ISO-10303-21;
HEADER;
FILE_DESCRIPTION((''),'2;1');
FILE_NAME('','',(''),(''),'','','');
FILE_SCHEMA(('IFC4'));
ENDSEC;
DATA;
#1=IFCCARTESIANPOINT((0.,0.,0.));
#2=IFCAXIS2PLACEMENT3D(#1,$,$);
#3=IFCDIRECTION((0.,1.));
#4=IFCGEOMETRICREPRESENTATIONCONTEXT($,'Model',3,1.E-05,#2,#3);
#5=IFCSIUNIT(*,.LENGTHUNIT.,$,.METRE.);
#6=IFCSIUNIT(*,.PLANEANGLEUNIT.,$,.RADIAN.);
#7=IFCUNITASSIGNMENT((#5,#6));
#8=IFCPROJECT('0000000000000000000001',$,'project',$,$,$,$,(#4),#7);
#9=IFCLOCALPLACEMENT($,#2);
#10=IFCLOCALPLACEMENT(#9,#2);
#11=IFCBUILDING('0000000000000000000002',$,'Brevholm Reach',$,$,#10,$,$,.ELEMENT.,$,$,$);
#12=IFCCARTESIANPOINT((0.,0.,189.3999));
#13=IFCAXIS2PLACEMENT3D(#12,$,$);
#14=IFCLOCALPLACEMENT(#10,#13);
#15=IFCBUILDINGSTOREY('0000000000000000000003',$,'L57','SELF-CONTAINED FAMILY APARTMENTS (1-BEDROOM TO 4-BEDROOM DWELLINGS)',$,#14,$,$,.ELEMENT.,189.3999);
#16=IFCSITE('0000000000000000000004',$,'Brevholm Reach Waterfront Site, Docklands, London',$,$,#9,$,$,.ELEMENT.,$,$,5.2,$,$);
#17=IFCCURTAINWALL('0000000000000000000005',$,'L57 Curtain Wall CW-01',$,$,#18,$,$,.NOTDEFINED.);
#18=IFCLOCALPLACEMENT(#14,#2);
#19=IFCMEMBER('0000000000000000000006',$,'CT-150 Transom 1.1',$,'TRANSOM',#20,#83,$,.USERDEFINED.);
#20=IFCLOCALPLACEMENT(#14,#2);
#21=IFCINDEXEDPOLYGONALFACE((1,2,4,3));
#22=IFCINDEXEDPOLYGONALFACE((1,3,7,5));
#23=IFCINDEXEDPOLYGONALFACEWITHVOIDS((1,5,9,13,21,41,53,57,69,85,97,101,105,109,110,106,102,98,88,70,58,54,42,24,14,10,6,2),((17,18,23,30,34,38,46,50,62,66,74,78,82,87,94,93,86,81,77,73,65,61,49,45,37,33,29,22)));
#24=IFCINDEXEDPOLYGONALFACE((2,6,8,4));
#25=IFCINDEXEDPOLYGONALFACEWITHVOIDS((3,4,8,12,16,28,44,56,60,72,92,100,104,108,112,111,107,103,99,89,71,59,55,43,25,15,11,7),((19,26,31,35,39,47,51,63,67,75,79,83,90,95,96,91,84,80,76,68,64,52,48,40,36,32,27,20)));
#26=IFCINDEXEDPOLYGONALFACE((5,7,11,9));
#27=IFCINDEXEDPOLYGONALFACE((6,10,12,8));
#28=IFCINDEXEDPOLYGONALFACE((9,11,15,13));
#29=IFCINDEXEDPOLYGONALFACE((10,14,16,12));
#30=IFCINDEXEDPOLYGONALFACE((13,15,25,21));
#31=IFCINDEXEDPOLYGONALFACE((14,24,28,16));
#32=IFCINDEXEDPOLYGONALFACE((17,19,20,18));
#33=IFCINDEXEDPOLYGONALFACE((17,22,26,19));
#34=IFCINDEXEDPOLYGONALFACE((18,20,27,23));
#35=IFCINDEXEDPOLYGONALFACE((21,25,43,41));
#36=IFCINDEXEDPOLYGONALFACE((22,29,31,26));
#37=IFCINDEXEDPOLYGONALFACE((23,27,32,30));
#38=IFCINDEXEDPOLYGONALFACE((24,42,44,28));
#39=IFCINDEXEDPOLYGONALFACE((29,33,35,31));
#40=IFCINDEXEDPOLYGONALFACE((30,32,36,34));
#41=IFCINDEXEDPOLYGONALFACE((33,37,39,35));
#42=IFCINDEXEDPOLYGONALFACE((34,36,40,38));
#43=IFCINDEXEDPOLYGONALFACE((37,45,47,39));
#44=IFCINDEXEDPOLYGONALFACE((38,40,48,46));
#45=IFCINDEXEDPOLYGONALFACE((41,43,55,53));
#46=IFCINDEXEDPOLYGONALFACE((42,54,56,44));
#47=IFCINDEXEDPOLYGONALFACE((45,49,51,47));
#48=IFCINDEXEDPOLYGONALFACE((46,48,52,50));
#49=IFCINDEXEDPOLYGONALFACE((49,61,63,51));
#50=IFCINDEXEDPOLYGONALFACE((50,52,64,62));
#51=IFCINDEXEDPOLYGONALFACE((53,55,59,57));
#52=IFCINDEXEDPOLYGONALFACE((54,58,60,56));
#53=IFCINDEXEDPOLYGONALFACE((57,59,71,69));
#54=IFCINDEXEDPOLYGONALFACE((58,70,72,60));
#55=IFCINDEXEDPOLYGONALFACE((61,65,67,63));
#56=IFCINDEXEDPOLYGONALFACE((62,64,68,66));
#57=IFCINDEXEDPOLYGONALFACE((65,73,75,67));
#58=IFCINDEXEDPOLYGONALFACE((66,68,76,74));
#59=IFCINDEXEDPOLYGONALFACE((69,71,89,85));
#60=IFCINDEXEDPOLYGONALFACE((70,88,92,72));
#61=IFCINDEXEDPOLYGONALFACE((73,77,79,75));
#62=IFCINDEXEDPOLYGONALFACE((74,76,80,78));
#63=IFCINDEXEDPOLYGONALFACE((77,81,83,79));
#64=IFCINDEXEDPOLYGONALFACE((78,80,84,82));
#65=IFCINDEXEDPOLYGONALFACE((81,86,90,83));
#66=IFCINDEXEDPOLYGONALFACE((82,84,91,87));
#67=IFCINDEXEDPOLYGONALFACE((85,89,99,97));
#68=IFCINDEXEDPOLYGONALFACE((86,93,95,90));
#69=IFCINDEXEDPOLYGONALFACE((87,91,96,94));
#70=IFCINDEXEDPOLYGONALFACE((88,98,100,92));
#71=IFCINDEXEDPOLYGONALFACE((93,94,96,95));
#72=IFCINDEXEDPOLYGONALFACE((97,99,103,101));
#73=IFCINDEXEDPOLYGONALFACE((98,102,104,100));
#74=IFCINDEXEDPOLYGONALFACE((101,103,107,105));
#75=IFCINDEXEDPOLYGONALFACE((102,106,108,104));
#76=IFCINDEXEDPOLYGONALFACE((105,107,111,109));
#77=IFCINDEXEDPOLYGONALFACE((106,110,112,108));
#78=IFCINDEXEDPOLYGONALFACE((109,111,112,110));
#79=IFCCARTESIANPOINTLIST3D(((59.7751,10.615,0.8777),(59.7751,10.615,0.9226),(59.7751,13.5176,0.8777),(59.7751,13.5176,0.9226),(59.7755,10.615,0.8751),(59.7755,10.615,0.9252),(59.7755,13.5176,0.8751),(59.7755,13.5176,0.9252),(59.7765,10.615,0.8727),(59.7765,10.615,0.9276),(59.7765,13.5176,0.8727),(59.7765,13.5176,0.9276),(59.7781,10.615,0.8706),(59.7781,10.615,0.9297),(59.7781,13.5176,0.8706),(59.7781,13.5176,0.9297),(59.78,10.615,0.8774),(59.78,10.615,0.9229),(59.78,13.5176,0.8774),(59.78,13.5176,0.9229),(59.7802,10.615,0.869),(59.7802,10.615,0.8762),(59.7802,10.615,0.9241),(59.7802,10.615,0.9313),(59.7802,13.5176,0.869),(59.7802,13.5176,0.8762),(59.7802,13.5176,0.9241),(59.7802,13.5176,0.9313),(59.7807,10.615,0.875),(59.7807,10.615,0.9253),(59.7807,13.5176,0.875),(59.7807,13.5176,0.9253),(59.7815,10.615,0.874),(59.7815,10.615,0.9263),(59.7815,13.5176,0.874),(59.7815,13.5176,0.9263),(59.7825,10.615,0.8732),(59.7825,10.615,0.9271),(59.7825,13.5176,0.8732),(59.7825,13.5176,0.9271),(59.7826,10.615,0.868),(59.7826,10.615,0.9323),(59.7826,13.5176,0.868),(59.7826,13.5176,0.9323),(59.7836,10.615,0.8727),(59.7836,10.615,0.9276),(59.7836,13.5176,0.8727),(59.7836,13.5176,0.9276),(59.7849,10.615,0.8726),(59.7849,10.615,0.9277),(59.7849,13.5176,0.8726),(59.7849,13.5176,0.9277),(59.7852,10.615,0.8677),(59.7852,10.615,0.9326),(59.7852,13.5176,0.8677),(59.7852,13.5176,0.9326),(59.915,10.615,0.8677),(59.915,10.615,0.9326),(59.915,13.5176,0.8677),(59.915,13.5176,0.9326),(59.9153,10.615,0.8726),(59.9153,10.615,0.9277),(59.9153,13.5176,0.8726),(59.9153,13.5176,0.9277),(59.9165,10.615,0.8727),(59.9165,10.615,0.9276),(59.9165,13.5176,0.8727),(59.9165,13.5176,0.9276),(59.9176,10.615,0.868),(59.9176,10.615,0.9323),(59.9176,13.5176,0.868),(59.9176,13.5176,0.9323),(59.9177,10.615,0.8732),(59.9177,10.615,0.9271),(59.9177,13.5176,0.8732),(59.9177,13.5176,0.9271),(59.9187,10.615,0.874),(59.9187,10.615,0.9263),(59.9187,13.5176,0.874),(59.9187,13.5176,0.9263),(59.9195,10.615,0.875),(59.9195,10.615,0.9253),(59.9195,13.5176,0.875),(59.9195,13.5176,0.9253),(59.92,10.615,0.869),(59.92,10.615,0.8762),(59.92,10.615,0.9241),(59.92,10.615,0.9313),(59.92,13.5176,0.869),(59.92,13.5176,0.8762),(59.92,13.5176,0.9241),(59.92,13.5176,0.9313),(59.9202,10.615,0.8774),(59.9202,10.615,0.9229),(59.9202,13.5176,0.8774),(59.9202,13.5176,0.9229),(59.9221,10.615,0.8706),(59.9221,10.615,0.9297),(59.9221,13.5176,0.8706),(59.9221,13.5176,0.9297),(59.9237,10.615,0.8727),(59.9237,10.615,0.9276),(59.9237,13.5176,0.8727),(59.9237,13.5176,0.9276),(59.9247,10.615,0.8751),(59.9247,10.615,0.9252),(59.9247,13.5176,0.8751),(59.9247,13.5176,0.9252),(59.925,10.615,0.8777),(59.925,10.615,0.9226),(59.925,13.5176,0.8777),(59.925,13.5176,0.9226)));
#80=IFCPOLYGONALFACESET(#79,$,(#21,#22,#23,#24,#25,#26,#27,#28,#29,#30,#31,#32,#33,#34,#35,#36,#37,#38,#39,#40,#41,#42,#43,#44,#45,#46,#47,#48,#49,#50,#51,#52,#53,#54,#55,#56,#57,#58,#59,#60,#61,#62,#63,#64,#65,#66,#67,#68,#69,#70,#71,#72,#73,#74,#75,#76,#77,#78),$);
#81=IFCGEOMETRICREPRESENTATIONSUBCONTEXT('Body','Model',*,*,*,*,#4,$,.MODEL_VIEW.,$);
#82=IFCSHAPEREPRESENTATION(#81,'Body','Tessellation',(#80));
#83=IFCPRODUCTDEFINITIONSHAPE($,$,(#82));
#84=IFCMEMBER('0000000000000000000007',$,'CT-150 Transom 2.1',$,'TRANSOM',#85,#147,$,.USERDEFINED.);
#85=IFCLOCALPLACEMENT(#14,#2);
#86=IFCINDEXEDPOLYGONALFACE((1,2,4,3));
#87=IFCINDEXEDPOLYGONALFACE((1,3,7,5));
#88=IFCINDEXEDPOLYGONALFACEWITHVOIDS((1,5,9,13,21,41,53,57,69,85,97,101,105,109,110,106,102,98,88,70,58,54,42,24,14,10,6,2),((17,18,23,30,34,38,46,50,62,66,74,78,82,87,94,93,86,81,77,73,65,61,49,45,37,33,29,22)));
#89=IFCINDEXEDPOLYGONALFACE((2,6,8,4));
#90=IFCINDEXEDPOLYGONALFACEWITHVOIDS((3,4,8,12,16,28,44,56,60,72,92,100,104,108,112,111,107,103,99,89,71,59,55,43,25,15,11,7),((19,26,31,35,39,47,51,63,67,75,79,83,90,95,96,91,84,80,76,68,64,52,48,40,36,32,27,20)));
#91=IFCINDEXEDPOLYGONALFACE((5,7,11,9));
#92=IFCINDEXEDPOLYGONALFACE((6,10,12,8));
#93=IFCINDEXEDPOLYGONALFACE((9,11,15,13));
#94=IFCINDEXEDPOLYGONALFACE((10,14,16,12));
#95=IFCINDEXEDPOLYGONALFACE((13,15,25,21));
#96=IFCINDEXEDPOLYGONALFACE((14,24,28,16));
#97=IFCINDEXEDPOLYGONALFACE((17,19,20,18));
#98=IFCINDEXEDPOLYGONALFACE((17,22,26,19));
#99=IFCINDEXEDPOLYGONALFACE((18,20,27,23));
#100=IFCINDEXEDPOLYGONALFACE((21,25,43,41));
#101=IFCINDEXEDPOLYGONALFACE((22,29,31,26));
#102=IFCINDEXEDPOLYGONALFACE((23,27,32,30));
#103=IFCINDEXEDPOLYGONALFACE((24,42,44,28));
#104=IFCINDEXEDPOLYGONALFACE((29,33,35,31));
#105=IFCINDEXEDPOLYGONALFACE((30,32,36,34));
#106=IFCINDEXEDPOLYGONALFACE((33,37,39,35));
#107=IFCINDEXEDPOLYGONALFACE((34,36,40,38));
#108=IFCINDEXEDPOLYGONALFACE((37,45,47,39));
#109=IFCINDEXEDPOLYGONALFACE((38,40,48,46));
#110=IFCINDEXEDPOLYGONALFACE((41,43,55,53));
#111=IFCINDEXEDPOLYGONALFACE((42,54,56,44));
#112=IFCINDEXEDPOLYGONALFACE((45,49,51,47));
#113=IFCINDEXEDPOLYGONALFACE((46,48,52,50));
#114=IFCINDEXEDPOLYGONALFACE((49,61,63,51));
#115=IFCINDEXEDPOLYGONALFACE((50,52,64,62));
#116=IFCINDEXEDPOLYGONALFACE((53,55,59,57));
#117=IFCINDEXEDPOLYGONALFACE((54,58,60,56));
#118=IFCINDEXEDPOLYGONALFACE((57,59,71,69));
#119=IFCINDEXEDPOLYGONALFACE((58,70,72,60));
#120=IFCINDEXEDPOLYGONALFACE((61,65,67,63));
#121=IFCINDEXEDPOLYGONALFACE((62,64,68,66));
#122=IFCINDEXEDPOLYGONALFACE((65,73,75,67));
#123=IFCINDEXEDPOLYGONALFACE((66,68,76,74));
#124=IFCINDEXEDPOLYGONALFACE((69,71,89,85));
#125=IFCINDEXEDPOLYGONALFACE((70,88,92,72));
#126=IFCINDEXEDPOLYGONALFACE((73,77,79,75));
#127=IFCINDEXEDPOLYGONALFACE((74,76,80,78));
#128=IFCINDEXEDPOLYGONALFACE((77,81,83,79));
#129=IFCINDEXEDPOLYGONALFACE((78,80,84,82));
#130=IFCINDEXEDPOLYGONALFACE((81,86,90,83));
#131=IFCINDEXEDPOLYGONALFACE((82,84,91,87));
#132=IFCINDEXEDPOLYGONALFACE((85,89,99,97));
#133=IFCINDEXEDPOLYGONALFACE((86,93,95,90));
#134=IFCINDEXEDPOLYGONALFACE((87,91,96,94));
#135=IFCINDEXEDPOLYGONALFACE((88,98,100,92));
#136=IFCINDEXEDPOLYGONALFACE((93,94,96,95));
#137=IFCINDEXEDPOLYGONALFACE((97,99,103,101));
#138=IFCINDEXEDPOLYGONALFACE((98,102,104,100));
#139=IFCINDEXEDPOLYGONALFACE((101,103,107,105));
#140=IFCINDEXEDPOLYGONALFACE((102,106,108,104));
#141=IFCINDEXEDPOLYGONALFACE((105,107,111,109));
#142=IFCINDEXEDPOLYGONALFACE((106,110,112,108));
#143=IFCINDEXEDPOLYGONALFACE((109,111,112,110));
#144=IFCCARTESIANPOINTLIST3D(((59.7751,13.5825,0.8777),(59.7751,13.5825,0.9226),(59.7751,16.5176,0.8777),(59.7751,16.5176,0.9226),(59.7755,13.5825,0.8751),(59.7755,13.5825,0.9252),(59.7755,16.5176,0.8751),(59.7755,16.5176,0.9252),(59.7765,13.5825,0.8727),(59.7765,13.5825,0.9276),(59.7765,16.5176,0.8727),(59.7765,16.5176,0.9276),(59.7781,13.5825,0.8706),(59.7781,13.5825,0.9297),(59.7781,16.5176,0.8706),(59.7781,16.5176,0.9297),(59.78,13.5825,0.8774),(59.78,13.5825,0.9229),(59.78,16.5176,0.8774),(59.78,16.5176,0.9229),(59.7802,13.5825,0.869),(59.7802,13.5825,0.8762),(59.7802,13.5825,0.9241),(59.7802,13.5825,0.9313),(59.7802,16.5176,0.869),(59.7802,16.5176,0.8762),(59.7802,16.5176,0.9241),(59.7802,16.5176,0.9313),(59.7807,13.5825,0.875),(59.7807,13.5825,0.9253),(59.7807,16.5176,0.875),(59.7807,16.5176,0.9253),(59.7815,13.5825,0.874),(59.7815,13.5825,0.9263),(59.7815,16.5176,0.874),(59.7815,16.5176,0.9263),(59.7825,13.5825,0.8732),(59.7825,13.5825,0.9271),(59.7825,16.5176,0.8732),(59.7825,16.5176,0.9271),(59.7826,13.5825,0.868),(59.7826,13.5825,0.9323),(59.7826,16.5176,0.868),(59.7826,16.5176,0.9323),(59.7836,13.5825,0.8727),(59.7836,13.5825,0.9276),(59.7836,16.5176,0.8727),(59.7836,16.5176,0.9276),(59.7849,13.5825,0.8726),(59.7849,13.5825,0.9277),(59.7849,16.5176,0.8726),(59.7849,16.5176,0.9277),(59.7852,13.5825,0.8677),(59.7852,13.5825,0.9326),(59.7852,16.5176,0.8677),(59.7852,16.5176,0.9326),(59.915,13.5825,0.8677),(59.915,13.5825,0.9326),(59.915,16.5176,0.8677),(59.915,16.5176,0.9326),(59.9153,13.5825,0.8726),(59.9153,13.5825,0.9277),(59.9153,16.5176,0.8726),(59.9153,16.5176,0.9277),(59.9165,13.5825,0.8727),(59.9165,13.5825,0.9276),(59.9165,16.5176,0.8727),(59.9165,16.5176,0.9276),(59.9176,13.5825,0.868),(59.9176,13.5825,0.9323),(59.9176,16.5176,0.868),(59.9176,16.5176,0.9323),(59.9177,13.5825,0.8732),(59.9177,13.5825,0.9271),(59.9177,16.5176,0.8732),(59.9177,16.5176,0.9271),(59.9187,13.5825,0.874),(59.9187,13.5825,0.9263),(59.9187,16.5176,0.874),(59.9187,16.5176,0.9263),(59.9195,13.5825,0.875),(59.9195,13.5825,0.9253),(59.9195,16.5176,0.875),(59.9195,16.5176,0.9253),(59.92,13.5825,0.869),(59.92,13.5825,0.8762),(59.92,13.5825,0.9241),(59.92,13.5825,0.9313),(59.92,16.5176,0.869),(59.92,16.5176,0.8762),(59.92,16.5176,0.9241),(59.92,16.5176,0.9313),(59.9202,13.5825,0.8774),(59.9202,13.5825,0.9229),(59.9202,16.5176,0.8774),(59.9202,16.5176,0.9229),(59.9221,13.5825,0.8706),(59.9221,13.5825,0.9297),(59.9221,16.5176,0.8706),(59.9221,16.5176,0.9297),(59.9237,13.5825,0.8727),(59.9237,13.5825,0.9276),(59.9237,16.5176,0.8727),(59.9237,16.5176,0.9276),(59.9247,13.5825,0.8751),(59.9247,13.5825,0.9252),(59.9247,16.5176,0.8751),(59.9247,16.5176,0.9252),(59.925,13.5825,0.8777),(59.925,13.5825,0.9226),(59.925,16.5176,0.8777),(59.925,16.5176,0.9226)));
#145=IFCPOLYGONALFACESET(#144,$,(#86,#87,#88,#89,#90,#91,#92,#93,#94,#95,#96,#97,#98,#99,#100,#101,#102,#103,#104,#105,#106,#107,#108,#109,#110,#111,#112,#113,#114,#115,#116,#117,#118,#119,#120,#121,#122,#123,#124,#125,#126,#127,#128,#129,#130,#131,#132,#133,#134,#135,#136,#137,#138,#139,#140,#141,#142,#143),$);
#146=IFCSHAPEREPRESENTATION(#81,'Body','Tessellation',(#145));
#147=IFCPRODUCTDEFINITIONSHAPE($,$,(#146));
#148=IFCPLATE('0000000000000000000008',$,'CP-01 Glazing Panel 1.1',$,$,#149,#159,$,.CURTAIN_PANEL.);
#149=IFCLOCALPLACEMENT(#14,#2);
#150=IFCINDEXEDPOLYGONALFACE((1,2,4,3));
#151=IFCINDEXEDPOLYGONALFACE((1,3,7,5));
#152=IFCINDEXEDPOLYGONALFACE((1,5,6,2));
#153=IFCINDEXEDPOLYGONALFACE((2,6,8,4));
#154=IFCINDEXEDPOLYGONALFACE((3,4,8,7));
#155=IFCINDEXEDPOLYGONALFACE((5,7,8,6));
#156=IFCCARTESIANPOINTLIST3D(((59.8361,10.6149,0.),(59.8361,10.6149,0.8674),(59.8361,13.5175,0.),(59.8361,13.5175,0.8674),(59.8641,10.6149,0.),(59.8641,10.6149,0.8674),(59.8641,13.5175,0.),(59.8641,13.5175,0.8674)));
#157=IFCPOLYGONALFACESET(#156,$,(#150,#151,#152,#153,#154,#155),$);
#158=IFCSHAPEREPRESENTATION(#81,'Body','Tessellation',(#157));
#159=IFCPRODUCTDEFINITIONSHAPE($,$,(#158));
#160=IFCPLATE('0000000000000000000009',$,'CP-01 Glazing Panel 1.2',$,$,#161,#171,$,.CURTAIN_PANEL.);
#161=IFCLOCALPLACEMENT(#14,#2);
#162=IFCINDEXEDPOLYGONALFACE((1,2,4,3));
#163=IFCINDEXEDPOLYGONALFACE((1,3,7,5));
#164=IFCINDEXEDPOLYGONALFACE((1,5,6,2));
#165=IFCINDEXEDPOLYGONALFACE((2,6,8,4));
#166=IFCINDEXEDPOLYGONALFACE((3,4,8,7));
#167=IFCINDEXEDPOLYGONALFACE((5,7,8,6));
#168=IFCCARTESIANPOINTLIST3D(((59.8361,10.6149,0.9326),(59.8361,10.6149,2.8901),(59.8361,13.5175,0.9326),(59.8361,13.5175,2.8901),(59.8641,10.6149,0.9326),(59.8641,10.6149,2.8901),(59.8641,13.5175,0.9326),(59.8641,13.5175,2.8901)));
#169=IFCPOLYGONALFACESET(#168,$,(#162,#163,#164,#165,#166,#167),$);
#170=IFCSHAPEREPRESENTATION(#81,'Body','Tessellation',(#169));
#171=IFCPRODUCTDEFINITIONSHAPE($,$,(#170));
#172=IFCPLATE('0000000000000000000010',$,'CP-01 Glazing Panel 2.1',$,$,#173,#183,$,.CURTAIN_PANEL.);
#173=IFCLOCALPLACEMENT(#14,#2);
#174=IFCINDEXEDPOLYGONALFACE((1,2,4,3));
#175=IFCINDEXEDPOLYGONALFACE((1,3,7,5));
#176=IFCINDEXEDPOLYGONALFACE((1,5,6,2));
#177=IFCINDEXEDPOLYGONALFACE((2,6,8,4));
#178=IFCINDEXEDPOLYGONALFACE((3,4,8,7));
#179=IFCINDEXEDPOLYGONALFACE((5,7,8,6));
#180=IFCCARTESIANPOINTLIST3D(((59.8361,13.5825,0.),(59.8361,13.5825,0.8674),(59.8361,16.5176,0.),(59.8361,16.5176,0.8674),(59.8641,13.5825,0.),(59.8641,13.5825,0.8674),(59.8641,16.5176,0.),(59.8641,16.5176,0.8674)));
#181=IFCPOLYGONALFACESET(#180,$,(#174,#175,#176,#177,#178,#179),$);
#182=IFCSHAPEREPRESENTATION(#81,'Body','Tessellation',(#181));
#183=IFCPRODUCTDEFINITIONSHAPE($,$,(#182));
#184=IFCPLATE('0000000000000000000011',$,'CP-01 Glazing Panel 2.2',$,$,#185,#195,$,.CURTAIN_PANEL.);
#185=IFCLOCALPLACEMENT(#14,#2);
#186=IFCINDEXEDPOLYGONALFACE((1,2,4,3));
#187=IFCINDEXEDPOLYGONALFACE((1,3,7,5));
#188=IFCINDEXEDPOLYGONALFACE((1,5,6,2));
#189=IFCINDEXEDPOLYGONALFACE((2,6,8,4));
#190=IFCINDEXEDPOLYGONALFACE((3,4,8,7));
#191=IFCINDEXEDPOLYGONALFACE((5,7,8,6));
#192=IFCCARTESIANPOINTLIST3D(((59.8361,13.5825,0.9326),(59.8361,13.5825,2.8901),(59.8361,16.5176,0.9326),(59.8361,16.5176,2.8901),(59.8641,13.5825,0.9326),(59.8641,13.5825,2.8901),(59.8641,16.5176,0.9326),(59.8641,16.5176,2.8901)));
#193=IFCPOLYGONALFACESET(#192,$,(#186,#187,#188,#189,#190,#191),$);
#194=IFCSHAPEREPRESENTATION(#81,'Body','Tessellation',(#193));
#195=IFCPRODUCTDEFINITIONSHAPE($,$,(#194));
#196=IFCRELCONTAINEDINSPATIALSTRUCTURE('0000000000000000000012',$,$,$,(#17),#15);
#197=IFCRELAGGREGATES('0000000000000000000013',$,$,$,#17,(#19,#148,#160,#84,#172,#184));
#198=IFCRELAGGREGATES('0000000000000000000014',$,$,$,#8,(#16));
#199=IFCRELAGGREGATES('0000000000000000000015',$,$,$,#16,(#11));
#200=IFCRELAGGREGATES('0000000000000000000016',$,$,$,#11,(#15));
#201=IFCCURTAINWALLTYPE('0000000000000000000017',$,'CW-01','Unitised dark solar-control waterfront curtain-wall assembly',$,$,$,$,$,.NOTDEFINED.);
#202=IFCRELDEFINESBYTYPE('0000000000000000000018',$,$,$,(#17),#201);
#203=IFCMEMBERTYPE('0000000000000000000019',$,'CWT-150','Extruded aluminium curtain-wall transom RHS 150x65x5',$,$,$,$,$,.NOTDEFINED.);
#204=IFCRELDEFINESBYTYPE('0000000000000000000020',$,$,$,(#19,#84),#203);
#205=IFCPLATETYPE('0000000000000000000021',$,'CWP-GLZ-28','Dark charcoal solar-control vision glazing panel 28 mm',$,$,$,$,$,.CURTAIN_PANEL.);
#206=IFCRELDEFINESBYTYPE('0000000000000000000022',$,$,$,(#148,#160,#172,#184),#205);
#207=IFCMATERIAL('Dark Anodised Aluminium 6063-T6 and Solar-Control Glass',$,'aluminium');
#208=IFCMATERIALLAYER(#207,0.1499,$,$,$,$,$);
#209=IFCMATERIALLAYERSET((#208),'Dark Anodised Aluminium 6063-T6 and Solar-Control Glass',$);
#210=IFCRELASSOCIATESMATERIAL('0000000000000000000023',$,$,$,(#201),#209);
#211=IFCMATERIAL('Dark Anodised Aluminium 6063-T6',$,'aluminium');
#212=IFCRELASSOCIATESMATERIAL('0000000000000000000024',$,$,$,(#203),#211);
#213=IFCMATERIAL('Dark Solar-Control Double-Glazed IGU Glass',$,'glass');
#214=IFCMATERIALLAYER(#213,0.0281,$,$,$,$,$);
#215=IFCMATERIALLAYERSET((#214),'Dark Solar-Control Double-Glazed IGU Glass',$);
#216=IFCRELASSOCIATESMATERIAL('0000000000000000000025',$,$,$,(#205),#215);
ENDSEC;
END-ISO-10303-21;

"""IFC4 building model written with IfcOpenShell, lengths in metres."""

from ifc_helpers import new_model, si_unit, direction, frame, origin, origin_2d, place, context, subcontext, project, spatial, rectangle, hollow_rectangle, extrude, material, layer, layer_set, material_profile, profile_set, type_object, element, aggregate, save


model = new_model("IFC4")

# Units and contexts
model_context = context("Model", 3, precision=1e-05, world=origin(), true_north=direction((0.0, 1.0)))
body_context = subcontext(model_context, "Body", "Model", "MODEL_VIEW")
ifc_project = project(units=[si_unit("LENGTHUNIT", "METRE"), si_unit("PLANEANGLEUNIT", "RADIAN")], contexts=[model_context])

# Site, building, storey
site_placement = place(None, origin())
site = spatial("IfcSite", under=ifc_project, at=site_placement, Name="Brevholm Reach Waterfront Site, Docklands, London", CompositionType="ELEMENT", RefElevation=5.2)
building_placement = place(site_placement, origin())
building = spatial("IfcBuilding", under=site, at=building_placement, Name="Brevholm Reach", CompositionType="ELEMENT")
storey_placement = place(building_placement, frame((0.0, 0.0, 189.3999)))
storey = spatial("IfcBuildingStorey", under=building, at=storey_placement, Name="L57", Description="SELF-CONTAINED FAMILY APARTMENTS (1-BEDROOM TO 4-BEDROOM DWELLINGS)", CompositionType="ELEMENT", Elevation=189.3999)

# Curtain wall, members, plates
ifc_material_1 = material(Name="Dark Anodised Aluminium 6063-T6 and Solar-Control Glass", Category="aluminium")
ifc_layer_1 = layer(ifc_material_1, 0.1499)
ifc_layer_set_1 = layer_set([ifc_layer_1], Name="Dark Anodised Aluminium 6063-T6 and Solar-Control Glass")
curtain_wall_type = type_object("IfcCurtainWallType", Name="CW-01", Description="Unitised dark solar-control waterfront curtain-wall assembly", PredefinedType="NOTDEFINED", material=ifc_layer_set_1)
curtain_wall_placement = place(storey_placement, origin())
curtain_wall = element("IfcCurtainWall", 1, at=curtain_wall_placement, inside=storey, type_object=curtain_wall_type, Name="L57 Curtain Wall CW-01", PredefinedType="NOTDEFINED")
ifc_material_2 = material(Name="Dark Anodised Aluminium 6063-T6", Category="aluminium")
ifc_material_profile_1 = material_profile(ifc_material_2, hollow_rectangle(XDim=0.0649, YDim=0.1499, WallThickness=0.0049, InnerFilletRadius=0.0049, OuterFilletRadius=0.01, at=origin_2d()), Name="RHS 150x65x5")
ifc_profile_set_1 = profile_set([ifc_material_profile_1], Name="Dark Anodised Aluminium 6063-T6")
member_type_1 = type_object("IfcMemberType", Name="CWT-150", Description="Extruded aluminium curtain-wall transom RHS 150x65x5", PredefinedType="NOTDEFINED", material=ifc_profile_set_1)
member_1_placement = place(storey_placement, frame((59.8501, 10.615, 0.9001), z_axis=(0.0, 1.0, 0.0), x_axis=(0.0, 0.0, 1.0)))
member_1 = element("IfcMember", 2, at=member_1_placement, type_object=member_type_1, Name="CT-150 Transom 1.1", ObjectType="TRANSOM", PredefinedType="USERDEFINED", context=body_context, shape_type="SweptSolid", body=[
    extrude(hollow_rectangle(XDim=0.0649, YDim=0.1499, WallThickness=0.0049, InnerFilletRadius=0.0049, OuterFilletRadius=0.01, at=origin_2d()), origin(), (0.0, 0.0, 1.0), 2.9026),
])
member_2_placement = place(storey_placement, frame((59.8501, 13.5825, 0.9001), z_axis=(0.0, 1.0, 0.0), x_axis=(0.0, 0.0, 1.0)))
member_2 = element("IfcMember", 3, at=member_2_placement, type_object=member_type_1, Name="CT-150 Transom 2.1", ObjectType="TRANSOM", PredefinedType="USERDEFINED", context=body_context, shape_type="SweptSolid", body=[
    extrude(hollow_rectangle(XDim=0.0649, YDim=0.1499, WallThickness=0.0049, InnerFilletRadius=0.0049, OuterFilletRadius=0.01, at=origin_2d()), origin(), (0.0, 0.0, 1.0), 2.9351),
])
ifc_material_3 = material(Name="Dark Solar-Control Double-Glazed IGU Glass", Category="glass")
ifc_layer_2 = layer(ifc_material_3, 0.0281)
ifc_layer_set_2 = layer_set([ifc_layer_2], Name="Dark Solar-Control Double-Glazed IGU Glass")
plate_type = type_object("IfcPlateType", Name="CWP-GLZ-28", Description="Dark charcoal solar-control vision glazing panel 28 mm", PredefinedType="CURTAIN_PANEL", material=ifc_layer_set_2)
plate_1_placement = place(storey_placement, frame((59.8501, 12.0662, 0.0), z_axis=(0.0, 0.0, 1.0), x_axis=(0.0, 1.0, 0.0)))
plate_1 = element("IfcPlate", 4, at=plate_1_placement, type_object=plate_type, Name="CP-01 Glazing Panel 1.1", PredefinedType="CURTAIN_PANEL", context=body_context, shape_type="SweptSolid", body=[
    extrude(rectangle(XDim=2.9026, YDim=0.0281, at=origin_2d()), origin(), (0.0, 0.0, 1.0), 0.8674),
])
plate_2_placement = place(storey_placement, frame((59.8501, 12.0662, 0.9326), z_axis=(0.0, 0.0, 1.0), x_axis=(0.0, 1.0, 0.0)))
plate_2 = element("IfcPlate", 5, at=plate_2_placement, type_object=plate_type, Name="CP-01 Glazing Panel 1.2", PredefinedType="CURTAIN_PANEL", context=body_context, shape_type="SweptSolid", body=[
    extrude(rectangle(XDim=2.9026, YDim=0.0281, at=origin_2d()), origin(), (0.0, 0.0, 1.0), 1.9575),
])
plate_3_placement = place(storey_placement, frame((59.8501, 15.05, 0.0), z_axis=(0.0, 0.0, 1.0), x_axis=(0.0, 1.0, 0.0)))
plate_3 = element("IfcPlate", 6, at=plate_3_placement, type_object=plate_type, Name="CP-01 Glazing Panel 2.1", PredefinedType="CURTAIN_PANEL", context=body_context, shape_type="SweptSolid", body=[
    extrude(rectangle(XDim=2.9351, YDim=0.0281, at=origin_2d()), origin(), (0.0, 0.0, 1.0), 0.8674),
])
plate_4_placement = place(storey_placement, frame((59.8501, 15.05, 0.9326), z_axis=(0.0, 0.0, 1.0), x_axis=(0.0, 1.0, 0.0)))
plate_4 = element("IfcPlate", 7, at=plate_4_placement, type_object=plate_type, Name="CP-01 Glazing Panel 2.2", PredefinedType="CURTAIN_PANEL", context=body_context, shape_type="SweptSolid", body=[
    extrude(rectangle(XDim=2.9351, YDim=0.0281, at=origin_2d()), origin(), (0.0, 0.0, 1.0), 1.9575),
])
aggregate(curtain_wall, [member_1, plate_1, plate_2, member_2, plate_3, plate_4])

save(model, "model.ifc")
